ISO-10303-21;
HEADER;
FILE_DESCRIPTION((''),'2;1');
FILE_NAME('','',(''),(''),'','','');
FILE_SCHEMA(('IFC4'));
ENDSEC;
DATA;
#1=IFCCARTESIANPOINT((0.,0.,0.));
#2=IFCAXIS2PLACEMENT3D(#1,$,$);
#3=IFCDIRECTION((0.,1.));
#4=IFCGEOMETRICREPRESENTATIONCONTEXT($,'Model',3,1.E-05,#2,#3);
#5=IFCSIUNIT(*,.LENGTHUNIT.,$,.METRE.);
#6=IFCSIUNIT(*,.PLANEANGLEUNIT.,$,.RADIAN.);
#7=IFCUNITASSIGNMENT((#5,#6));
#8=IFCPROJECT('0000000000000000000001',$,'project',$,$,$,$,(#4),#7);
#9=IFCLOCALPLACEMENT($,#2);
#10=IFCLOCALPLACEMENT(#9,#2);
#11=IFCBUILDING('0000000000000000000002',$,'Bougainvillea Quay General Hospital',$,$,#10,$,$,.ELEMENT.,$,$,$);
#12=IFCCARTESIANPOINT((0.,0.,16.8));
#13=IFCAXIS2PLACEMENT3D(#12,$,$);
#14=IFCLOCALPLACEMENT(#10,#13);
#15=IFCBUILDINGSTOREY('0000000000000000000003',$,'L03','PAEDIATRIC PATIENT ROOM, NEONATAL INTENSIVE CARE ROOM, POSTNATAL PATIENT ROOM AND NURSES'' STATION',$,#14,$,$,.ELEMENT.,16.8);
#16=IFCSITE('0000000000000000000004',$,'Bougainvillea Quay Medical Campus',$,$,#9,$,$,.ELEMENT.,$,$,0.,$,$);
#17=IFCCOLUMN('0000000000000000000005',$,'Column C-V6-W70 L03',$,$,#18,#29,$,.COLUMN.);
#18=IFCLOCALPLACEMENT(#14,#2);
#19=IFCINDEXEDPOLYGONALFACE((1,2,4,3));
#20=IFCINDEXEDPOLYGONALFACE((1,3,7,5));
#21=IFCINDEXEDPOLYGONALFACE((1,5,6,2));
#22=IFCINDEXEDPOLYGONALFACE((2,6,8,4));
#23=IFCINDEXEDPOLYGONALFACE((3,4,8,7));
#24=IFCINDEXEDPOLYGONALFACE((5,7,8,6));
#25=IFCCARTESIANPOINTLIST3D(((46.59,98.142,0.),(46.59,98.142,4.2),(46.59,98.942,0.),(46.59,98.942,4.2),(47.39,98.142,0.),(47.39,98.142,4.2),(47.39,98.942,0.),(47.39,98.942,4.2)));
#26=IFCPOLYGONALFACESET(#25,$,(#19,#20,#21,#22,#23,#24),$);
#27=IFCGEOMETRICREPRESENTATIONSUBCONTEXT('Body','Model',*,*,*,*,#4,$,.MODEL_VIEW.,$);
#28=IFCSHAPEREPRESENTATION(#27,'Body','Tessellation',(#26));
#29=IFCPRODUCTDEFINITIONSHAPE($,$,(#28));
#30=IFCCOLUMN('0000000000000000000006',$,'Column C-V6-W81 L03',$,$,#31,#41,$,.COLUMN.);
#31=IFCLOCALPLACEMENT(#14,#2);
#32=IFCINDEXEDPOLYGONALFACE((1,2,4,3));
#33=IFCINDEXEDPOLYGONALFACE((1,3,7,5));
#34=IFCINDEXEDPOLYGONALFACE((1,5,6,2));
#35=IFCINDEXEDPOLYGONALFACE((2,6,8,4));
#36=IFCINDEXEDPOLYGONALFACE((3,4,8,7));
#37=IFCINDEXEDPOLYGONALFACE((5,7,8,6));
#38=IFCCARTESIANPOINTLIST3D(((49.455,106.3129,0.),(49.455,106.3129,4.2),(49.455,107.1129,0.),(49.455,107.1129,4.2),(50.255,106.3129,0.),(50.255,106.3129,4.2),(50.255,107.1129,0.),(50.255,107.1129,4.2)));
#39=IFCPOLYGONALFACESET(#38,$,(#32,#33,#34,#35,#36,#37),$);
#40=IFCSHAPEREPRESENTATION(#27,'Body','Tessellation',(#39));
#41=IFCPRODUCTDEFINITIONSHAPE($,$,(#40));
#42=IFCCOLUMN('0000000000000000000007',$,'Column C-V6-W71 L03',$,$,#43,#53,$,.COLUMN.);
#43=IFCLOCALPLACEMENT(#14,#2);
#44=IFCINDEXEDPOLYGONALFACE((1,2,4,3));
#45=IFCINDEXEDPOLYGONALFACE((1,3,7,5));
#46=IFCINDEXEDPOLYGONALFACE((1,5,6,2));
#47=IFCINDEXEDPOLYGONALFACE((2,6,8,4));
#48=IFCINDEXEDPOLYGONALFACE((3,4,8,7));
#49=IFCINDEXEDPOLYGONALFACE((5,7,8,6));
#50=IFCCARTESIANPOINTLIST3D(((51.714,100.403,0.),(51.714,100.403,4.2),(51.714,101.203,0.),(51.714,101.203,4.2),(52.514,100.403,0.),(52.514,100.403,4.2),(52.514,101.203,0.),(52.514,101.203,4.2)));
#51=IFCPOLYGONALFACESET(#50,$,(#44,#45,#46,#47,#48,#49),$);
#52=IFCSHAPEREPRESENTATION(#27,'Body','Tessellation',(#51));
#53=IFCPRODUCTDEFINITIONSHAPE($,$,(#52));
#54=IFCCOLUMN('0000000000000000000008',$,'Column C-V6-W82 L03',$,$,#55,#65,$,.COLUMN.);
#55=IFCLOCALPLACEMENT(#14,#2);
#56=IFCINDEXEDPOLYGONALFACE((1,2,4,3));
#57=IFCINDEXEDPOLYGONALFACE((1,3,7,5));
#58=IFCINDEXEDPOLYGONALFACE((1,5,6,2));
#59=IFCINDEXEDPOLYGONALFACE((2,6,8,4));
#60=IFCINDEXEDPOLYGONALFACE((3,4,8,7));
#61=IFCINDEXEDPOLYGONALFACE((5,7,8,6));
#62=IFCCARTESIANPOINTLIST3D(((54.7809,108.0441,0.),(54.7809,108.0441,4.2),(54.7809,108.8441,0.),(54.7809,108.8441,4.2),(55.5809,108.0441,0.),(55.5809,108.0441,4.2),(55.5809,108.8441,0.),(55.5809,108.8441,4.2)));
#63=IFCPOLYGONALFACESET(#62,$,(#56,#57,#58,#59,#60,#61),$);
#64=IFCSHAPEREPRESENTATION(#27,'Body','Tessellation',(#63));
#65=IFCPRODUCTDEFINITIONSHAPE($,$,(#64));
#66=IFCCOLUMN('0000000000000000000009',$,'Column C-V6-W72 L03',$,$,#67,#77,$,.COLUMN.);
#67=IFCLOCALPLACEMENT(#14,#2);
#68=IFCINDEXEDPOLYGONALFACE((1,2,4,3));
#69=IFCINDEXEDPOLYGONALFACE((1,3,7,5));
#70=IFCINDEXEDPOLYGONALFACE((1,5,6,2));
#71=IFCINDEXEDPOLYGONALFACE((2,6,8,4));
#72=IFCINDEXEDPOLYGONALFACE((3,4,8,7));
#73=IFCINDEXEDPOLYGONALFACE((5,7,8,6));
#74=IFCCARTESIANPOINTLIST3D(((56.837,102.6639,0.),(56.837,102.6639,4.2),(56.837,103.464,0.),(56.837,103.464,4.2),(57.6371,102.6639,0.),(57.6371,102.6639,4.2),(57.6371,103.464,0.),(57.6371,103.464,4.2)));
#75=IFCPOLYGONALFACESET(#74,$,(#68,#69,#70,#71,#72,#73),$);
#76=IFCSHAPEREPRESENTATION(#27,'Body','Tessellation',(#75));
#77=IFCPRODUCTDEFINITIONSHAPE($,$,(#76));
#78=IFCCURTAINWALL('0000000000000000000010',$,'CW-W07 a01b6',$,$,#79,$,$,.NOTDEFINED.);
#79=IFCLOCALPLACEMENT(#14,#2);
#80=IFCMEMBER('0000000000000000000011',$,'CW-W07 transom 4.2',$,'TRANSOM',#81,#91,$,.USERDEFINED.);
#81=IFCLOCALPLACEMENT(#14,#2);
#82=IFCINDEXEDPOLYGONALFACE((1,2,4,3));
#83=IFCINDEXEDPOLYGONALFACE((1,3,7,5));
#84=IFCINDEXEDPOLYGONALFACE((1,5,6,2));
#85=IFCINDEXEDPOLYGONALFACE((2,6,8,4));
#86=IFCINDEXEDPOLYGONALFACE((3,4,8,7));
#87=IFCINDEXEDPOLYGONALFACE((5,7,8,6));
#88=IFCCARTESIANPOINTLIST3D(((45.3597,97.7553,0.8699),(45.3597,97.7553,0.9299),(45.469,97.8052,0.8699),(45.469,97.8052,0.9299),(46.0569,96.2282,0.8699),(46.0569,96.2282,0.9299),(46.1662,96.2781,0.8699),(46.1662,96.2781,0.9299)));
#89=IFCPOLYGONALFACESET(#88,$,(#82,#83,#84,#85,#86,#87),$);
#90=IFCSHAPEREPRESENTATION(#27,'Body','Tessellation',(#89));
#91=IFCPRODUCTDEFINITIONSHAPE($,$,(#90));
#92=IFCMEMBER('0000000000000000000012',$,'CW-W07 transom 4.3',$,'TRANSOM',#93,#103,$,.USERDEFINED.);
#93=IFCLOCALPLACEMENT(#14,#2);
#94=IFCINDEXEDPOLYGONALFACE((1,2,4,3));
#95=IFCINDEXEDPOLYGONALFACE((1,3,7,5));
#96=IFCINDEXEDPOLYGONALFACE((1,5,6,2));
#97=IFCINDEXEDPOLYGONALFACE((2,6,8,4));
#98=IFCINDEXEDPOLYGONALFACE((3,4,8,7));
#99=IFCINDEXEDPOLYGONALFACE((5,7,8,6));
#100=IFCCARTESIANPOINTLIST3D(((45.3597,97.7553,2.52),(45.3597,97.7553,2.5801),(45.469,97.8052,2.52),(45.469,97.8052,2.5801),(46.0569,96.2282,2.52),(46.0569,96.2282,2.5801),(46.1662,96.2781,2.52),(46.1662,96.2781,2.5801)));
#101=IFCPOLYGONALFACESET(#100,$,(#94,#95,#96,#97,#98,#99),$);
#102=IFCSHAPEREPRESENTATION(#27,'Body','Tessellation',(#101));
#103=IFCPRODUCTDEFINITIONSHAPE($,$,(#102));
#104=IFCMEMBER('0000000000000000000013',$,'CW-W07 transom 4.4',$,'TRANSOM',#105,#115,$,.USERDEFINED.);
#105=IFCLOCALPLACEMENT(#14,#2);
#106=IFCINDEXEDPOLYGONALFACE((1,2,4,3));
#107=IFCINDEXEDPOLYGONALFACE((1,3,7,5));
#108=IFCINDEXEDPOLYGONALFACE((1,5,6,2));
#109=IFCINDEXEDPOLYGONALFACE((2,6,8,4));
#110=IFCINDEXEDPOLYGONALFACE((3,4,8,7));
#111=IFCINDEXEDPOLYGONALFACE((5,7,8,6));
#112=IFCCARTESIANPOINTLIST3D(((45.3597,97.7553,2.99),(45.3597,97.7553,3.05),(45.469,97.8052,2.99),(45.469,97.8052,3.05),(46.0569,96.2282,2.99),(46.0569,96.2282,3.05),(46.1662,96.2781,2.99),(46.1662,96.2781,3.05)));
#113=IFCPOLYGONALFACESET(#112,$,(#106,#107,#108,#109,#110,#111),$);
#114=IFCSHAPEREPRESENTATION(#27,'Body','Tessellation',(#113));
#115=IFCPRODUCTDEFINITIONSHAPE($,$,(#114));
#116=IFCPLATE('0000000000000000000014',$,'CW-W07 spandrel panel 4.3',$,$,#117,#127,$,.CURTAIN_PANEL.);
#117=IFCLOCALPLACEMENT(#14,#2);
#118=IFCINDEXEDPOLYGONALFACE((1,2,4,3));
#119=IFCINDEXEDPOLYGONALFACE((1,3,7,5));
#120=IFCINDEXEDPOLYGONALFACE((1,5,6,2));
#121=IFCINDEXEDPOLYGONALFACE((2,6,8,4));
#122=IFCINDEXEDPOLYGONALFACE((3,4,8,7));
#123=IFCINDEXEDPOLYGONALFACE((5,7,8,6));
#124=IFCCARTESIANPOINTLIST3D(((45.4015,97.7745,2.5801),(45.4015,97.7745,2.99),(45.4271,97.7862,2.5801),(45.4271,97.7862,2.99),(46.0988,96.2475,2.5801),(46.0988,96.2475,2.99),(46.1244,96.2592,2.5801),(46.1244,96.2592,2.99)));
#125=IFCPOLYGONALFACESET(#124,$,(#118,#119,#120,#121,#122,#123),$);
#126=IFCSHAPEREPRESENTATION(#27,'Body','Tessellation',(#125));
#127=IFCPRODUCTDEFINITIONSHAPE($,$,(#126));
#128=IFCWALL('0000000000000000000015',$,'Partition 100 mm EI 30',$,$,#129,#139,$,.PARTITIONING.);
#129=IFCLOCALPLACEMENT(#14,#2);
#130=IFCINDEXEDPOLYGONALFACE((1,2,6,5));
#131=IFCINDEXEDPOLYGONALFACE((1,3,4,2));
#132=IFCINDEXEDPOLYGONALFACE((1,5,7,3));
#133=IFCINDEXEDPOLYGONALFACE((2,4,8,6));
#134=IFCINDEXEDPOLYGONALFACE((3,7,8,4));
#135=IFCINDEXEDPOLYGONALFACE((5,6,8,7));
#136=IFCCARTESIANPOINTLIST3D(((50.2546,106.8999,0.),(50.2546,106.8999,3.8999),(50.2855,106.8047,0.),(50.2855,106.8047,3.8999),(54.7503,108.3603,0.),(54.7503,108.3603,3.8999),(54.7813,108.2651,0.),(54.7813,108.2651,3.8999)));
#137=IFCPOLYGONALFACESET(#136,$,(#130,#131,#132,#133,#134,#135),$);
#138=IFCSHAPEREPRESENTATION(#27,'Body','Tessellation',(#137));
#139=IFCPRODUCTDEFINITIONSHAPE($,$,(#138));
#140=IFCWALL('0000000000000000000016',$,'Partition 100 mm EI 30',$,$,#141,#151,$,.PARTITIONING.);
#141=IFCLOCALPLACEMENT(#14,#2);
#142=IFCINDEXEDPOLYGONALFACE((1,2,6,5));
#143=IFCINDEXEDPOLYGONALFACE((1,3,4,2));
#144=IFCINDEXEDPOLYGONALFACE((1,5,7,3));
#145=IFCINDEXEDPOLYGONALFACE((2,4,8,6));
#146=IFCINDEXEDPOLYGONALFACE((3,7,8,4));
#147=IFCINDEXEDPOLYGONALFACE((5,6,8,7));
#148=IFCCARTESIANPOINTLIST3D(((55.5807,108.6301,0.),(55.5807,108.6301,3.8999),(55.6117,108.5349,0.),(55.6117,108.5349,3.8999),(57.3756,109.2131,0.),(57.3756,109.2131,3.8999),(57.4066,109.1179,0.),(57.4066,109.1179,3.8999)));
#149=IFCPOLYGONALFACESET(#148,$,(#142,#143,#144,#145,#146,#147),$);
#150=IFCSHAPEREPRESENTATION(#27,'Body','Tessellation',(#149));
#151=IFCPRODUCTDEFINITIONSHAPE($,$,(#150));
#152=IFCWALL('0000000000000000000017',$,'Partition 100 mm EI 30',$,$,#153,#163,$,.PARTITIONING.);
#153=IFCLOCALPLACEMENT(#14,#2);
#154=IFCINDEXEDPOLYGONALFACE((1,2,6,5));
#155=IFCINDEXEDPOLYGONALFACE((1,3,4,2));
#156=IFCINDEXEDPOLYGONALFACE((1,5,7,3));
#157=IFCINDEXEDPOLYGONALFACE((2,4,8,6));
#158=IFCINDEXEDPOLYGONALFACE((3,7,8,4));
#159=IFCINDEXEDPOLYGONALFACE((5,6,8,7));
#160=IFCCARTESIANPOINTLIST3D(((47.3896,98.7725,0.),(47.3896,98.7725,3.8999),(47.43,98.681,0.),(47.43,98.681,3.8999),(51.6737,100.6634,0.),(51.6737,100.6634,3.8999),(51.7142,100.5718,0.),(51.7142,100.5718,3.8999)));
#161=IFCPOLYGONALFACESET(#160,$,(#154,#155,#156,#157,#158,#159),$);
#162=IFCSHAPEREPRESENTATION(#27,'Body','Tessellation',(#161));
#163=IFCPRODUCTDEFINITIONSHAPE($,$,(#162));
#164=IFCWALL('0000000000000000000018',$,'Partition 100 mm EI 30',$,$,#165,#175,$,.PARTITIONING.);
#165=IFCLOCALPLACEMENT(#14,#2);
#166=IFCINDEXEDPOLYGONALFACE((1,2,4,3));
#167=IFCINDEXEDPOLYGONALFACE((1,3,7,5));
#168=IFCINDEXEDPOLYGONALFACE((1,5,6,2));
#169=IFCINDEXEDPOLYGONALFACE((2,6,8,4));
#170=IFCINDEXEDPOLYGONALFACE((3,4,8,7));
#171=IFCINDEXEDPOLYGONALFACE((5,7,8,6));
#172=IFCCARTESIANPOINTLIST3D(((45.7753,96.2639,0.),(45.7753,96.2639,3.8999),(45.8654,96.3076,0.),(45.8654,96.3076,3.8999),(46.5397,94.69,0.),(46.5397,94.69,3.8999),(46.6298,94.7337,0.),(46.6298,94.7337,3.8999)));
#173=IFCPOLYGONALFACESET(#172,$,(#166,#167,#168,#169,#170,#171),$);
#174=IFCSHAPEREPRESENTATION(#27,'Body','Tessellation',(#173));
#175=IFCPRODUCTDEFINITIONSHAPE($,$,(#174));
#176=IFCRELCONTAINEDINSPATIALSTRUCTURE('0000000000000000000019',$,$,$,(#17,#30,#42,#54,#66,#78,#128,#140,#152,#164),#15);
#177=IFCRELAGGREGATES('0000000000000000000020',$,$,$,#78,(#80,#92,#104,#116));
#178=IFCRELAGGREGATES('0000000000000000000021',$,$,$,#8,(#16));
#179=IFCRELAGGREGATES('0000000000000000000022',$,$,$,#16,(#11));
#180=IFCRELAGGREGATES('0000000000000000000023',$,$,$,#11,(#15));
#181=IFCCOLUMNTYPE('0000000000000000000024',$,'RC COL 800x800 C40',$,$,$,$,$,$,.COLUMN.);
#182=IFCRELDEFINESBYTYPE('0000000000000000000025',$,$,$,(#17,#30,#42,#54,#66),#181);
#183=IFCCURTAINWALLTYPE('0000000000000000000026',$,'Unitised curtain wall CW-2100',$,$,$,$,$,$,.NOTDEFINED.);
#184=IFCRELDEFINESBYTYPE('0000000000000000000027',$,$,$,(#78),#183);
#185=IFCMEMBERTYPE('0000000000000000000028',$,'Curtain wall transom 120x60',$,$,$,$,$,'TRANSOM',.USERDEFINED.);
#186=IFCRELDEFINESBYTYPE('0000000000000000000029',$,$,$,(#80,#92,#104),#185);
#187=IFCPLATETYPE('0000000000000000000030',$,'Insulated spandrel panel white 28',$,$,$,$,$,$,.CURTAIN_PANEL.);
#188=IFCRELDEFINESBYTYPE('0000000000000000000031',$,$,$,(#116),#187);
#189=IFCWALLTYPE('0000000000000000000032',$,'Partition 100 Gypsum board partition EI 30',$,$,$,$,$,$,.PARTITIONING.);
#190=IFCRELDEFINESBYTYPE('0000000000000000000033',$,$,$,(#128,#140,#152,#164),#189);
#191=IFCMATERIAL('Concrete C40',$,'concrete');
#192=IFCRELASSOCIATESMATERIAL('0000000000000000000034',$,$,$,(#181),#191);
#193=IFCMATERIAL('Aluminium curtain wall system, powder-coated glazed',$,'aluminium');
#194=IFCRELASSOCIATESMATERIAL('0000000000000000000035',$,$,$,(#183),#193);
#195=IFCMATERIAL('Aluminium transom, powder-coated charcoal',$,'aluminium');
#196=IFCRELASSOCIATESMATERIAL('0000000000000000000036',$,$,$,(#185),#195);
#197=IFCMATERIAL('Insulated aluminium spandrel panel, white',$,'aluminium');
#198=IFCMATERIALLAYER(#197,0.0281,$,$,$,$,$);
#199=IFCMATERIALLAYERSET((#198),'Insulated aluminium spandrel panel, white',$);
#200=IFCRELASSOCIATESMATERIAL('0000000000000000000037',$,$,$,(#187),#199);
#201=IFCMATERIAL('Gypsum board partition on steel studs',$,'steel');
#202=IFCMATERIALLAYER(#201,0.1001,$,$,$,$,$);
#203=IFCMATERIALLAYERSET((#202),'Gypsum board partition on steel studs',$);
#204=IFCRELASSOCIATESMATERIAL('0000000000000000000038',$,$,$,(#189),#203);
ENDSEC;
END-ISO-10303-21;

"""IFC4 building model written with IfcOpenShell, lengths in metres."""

from ifc_helpers import new_model, si_unit, direction, frame, frame_2d, origin, origin_2d, place, context, subcontext, project, spatial, rectangle, extrude, material, layer, layer_set, material_profile, profile_set, type_object, element, aggregate, save


model = new_model("IFC4")

# Units and contexts
model_context = context("Model", 3, precision=1e-05, world=origin(), true_north=direction((0.0, 1.0)))
body_context = subcontext(model_context, "Body", "Model", "MODEL_VIEW")
ifc_project = project(units=[si_unit("LENGTHUNIT", "METRE"), si_unit("PLANEANGLEUNIT", "RADIAN")], contexts=[model_context])

# Site, building, storey
site_placement = place(None, origin())
site = spatial("IfcSite", under=ifc_project, at=site_placement, Name="Bougainvillea Quay Medical Campus", CompositionType="ELEMENT", RefElevation=0.0)
building_placement = place(site_placement, origin())
building = spatial("IfcBuilding", under=site, at=building_placement, Name="Bougainvillea Quay General Hospital", CompositionType="ELEMENT")
storey_placement = place(building_placement, frame((0.0, 0.0, 16.8)))
storey = spatial("IfcBuildingStorey", under=building, at=storey_placement, Name="L03", Description="PAEDIATRIC PATIENT ROOM, NEONATAL INTENSIVE CARE ROOM, POSTNATAL PATIENT ROOM AND NURSES' STATION", CompositionType="ELEMENT", Elevation=16.8)

# Columns
ifc_material_1 = material(Name="Concrete C40", Category="concrete")
ifc_material_profile_1 = material_profile(ifc_material_1, rectangle(XDim=0.8, YDim=0.8, at=origin_2d()))
ifc_profile_set_1 = profile_set([ifc_material_profile_1], Name="Concrete C40")
column_type = type_object("IfcColumnType", Name="RC COL 800x800 C40", PredefinedType="COLUMN", material=ifc_profile_set_1)
for number, where, z_axis, x_axis, name in (
    (1, (46.99, 98.542, 0.0), (0.0, 0.0, 1.0), (1.0, 0.0, 0.0), "Column C-V6-W70 L03"),
    (2, (49.855, 106.7129, 0.0), (0.0, 0.0, 1.0), (1.0, 0.0, 0.0), "Column C-V6-W81 L03"),
    (3, (52.114, 100.803, 0.0), (0.0, 0.0, 1.0), (1.0, 0.0, 0.0), "Column C-V6-W71 L03"),
    (4, (55.1809, 108.4441, 0.0), (0.0, 0.0, 1.0), (1.0, 0.0, 0.0), "Column C-V6-W82 L03"),
    (5, (57.2371, 103.064, 0.0), (0.0, 0.0, 1.0), (1.0, 0.0, 0.0), "Column C-V6-W72 L03"),
):
    element("IfcColumn", number, at=place(storey_placement, frame(where, z_axis=z_axis, x_axis=x_axis)), inside=storey, type_object=column_type, Name=name, PredefinedType="COLUMN", context=body_context, shape_type="SweptSolid", body=[
        extrude(rectangle(XDim=0.8, YDim=0.8, at=origin_2d()), origin(), (0.0, 0.0, 1.0), 4.2),
    ])

# Curtain wall, members, plate
ifc_material_2 = material(Name="Aluminium curtain wall system, powder-coated glazed", Category="aluminium")
curtain_wall_type = type_object("IfcCurtainWallType", Name="Unitised curtain wall CW-2100", PredefinedType="NOTDEFINED", material=ifc_material_2)
curtain_wall_placement = place(storey_placement, origin())
curtain_wall = element("IfcCurtainWall", 6, at=curtain_wall_placement, inside=storey, type_object=curtain_wall_type, Name="CW-W07 a01b6", PredefinedType="NOTDEFINED")
ifc_material_3 = material(Name="Aluminium transom, powder-coated charcoal", Category="aluminium")
ifc_material_profile_2 = material_profile(ifc_material_3, rectangle(XDim=0.1201, YDim=0.0601, at=origin_2d()))
ifc_profile_set_2 = profile_set([ifc_material_profile_2], Name="Aluminium transom, powder-coated charcoal")
member_type = type_object("IfcMemberType", Name="Curtain wall transom 120x60", ElementType="TRANSOM", PredefinedType="USERDEFINED", material=ifc_profile_set_2)
member_1_placement = place(storey_placement, frame((46.1116, 96.2532, 0.8999), z_axis=(-0.415347, 0.909663, 0.0), x_axis=(-0.909663, -0.415347, 0.0)))
member_1 = element("IfcMember", 7, at=member_1_placement, type_object=member_type, Name="CW-W07 transom 4.2", ObjectType="TRANSOM", PredefinedType="USERDEFINED", context=body_context, shape_type="SweptSolid", body=[
    extrude(rectangle(XDim=0.1201, YDim=0.0601, at=origin_2d()), origin(), (0.0, 0.0, 1.0), 1.6787),
])
member_2_placement = place(storey_placement, frame((46.1116, 96.2532, 2.55), z_axis=(-0.415347, 0.909663, 0.0), x_axis=(-0.909663, -0.415347, 0.0)))
member_2 = element("IfcMember", 8, at=member_2_placement, type_object=member_type, Name="CW-W07 transom 4.3", ObjectType="TRANSOM", PredefinedType="USERDEFINED", context=body_context, shape_type="SweptSolid", body=[
    extrude(rectangle(XDim=0.1201, YDim=0.0601, at=origin_2d()), origin(), (0.0, 0.0, 1.0), 1.6787),
])
member_3_placement = place(storey_placement, frame((46.1116, 96.2532, 3.02), z_axis=(-0.415347, 0.909663, 0.0), x_axis=(-0.909663, -0.415347, 0.0)))
member_3 = element("IfcMember", 9, at=member_3_placement, type_object=member_type, Name="CW-W07 transom 4.4", ObjectType="TRANSOM", PredefinedType="USERDEFINED", context=body_context, shape_type="SweptSolid", body=[
    extrude(rectangle(XDim=0.1201, YDim=0.0601, at=origin_2d()), origin(), (0.0, 0.0, 1.0), 1.6787),
])
ifc_material_4 = material(Name="Insulated aluminium spandrel panel, white", Category="aluminium")
ifc_layer_1 = layer(ifc_material_4, 0.0281)
ifc_layer_set_1 = layer_set([ifc_layer_1], Name="Insulated aluminium spandrel panel, white")
plate_type = type_object("IfcPlateType", Name="Insulated spandrel panel white 28", PredefinedType="CURTAIN_PANEL", material=ifc_layer_set_1)
plate_placement = place(storey_placement, frame((45.7629, 97.0168, 2.5801), z_axis=(0.0, 0.0, 1.0), x_axis=(-0.415368, 0.909653, 0.0)))
plate = element("IfcPlate", 10, at=plate_placement, type_object=plate_type, Name="CW-W07 spandrel panel 4.3", PredefinedType="CURTAIN_PANEL", context=body_context, shape_type="SweptSolid", body=[
    extrude(rectangle(XDim=1.6787, YDim=0.0281, at=origin_2d()), origin(), (0.0, 0.0, 1.0), 0.4099),
])
aggregate(curtain_wall, [member_1, member_2, member_3, plate])

# Walls
ifc_material_5 = material(Name="Gypsum board partition on steel studs", Category="steel")
ifc_layer_2 = layer(ifc_material_5, 0.1001)
ifc_layer_set_2 = layer_set([ifc_layer_2], Name="Gypsum board partition on steel studs")
wall_type_1 = type_object("IfcWallType", Name="Partition 100 Gypsum board partition EI 30", PredefinedType="PARTITIONING", material=ifc_layer_set_2)
wall_1_placement = place(storey_placement, frame((50.27, 106.8523, 0.0), z_axis=(0.0, 0.0, 1.0), x_axis=(0.951078, 0.308952, 0.0)))
element("IfcWall", 11, at=wall_1_placement, inside=storey, type_object=wall_type_1, Name="Partition 100 mm EI 30", PredefinedType="PARTITIONING", context=body_context, shape_type="SweptSolid", body=[
    extrude(rectangle(XDim=4.7271, YDim=0.1001, at=frame_2d((2.3635, 0.0))), origin(), (0.0, 0.0, 1.0), 3.8999),
])
wall_2_placement = place(storey_placement, frame((55.5962, 108.5825, 0.0), z_axis=(0.0, 0.0, 1.0), x_axis=(0.951087, 0.308922, 0.0)))
element("IfcWall", 12, at=wall_2_placement, inside=storey, type_object=wall_type_1, Name="Partition 100 mm EI 30", PredefinedType="PARTITIONING", context=body_context, shape_type="SweptSolid", body=[
    extrude(rectangle(XDim=1.8872, YDim=0.1001, at=frame_2d((0.9436, 0.0))), origin(), (0.0, 0.0, 1.0), 3.8999),
])
wall_3_placement = place(storey_placement, frame((47.4099, 98.7268, 0.0), z_axis=(0.0, 0.0, 1.0), x_axis=(0.914856, 0.403781, 0.0)))
element("IfcWall", 13, at=wall_3_placement, inside=storey, type_object=wall_type_1, Name="Partition 100 mm EI 30", PredefinedType="PARTITIONING", context=body_context, shape_type="SweptSolid", body=[
    extrude(rectangle(XDim=4.6829, YDim=0.1001, at=frame_2d((2.3413, 0.0))), origin(), (0.0, 0.0, 1.0), 3.8999),
])
wall_4_placement = place(storey_placement, frame((45.8203, 96.2859, 0.0), z_axis=(0.0, 0.0, 1.0), x_axis=(0.436859, -0.89953, 0.0)))
element("IfcWall", 14, at=wall_4_placement, inside=storey, type_object=wall_type_1, Name="Partition 100 mm EI 30", PredefinedType="PARTITIONING", context=body_context, shape_type="SweptSolid", body=[
    extrude(rectangle(XDim=1.7498, YDim=0.1001, at=frame_2d((0.875, 0.0))), origin(), (0.0, 0.0, 1.0), 3.8999),
])

save(model, "model.ifc")
